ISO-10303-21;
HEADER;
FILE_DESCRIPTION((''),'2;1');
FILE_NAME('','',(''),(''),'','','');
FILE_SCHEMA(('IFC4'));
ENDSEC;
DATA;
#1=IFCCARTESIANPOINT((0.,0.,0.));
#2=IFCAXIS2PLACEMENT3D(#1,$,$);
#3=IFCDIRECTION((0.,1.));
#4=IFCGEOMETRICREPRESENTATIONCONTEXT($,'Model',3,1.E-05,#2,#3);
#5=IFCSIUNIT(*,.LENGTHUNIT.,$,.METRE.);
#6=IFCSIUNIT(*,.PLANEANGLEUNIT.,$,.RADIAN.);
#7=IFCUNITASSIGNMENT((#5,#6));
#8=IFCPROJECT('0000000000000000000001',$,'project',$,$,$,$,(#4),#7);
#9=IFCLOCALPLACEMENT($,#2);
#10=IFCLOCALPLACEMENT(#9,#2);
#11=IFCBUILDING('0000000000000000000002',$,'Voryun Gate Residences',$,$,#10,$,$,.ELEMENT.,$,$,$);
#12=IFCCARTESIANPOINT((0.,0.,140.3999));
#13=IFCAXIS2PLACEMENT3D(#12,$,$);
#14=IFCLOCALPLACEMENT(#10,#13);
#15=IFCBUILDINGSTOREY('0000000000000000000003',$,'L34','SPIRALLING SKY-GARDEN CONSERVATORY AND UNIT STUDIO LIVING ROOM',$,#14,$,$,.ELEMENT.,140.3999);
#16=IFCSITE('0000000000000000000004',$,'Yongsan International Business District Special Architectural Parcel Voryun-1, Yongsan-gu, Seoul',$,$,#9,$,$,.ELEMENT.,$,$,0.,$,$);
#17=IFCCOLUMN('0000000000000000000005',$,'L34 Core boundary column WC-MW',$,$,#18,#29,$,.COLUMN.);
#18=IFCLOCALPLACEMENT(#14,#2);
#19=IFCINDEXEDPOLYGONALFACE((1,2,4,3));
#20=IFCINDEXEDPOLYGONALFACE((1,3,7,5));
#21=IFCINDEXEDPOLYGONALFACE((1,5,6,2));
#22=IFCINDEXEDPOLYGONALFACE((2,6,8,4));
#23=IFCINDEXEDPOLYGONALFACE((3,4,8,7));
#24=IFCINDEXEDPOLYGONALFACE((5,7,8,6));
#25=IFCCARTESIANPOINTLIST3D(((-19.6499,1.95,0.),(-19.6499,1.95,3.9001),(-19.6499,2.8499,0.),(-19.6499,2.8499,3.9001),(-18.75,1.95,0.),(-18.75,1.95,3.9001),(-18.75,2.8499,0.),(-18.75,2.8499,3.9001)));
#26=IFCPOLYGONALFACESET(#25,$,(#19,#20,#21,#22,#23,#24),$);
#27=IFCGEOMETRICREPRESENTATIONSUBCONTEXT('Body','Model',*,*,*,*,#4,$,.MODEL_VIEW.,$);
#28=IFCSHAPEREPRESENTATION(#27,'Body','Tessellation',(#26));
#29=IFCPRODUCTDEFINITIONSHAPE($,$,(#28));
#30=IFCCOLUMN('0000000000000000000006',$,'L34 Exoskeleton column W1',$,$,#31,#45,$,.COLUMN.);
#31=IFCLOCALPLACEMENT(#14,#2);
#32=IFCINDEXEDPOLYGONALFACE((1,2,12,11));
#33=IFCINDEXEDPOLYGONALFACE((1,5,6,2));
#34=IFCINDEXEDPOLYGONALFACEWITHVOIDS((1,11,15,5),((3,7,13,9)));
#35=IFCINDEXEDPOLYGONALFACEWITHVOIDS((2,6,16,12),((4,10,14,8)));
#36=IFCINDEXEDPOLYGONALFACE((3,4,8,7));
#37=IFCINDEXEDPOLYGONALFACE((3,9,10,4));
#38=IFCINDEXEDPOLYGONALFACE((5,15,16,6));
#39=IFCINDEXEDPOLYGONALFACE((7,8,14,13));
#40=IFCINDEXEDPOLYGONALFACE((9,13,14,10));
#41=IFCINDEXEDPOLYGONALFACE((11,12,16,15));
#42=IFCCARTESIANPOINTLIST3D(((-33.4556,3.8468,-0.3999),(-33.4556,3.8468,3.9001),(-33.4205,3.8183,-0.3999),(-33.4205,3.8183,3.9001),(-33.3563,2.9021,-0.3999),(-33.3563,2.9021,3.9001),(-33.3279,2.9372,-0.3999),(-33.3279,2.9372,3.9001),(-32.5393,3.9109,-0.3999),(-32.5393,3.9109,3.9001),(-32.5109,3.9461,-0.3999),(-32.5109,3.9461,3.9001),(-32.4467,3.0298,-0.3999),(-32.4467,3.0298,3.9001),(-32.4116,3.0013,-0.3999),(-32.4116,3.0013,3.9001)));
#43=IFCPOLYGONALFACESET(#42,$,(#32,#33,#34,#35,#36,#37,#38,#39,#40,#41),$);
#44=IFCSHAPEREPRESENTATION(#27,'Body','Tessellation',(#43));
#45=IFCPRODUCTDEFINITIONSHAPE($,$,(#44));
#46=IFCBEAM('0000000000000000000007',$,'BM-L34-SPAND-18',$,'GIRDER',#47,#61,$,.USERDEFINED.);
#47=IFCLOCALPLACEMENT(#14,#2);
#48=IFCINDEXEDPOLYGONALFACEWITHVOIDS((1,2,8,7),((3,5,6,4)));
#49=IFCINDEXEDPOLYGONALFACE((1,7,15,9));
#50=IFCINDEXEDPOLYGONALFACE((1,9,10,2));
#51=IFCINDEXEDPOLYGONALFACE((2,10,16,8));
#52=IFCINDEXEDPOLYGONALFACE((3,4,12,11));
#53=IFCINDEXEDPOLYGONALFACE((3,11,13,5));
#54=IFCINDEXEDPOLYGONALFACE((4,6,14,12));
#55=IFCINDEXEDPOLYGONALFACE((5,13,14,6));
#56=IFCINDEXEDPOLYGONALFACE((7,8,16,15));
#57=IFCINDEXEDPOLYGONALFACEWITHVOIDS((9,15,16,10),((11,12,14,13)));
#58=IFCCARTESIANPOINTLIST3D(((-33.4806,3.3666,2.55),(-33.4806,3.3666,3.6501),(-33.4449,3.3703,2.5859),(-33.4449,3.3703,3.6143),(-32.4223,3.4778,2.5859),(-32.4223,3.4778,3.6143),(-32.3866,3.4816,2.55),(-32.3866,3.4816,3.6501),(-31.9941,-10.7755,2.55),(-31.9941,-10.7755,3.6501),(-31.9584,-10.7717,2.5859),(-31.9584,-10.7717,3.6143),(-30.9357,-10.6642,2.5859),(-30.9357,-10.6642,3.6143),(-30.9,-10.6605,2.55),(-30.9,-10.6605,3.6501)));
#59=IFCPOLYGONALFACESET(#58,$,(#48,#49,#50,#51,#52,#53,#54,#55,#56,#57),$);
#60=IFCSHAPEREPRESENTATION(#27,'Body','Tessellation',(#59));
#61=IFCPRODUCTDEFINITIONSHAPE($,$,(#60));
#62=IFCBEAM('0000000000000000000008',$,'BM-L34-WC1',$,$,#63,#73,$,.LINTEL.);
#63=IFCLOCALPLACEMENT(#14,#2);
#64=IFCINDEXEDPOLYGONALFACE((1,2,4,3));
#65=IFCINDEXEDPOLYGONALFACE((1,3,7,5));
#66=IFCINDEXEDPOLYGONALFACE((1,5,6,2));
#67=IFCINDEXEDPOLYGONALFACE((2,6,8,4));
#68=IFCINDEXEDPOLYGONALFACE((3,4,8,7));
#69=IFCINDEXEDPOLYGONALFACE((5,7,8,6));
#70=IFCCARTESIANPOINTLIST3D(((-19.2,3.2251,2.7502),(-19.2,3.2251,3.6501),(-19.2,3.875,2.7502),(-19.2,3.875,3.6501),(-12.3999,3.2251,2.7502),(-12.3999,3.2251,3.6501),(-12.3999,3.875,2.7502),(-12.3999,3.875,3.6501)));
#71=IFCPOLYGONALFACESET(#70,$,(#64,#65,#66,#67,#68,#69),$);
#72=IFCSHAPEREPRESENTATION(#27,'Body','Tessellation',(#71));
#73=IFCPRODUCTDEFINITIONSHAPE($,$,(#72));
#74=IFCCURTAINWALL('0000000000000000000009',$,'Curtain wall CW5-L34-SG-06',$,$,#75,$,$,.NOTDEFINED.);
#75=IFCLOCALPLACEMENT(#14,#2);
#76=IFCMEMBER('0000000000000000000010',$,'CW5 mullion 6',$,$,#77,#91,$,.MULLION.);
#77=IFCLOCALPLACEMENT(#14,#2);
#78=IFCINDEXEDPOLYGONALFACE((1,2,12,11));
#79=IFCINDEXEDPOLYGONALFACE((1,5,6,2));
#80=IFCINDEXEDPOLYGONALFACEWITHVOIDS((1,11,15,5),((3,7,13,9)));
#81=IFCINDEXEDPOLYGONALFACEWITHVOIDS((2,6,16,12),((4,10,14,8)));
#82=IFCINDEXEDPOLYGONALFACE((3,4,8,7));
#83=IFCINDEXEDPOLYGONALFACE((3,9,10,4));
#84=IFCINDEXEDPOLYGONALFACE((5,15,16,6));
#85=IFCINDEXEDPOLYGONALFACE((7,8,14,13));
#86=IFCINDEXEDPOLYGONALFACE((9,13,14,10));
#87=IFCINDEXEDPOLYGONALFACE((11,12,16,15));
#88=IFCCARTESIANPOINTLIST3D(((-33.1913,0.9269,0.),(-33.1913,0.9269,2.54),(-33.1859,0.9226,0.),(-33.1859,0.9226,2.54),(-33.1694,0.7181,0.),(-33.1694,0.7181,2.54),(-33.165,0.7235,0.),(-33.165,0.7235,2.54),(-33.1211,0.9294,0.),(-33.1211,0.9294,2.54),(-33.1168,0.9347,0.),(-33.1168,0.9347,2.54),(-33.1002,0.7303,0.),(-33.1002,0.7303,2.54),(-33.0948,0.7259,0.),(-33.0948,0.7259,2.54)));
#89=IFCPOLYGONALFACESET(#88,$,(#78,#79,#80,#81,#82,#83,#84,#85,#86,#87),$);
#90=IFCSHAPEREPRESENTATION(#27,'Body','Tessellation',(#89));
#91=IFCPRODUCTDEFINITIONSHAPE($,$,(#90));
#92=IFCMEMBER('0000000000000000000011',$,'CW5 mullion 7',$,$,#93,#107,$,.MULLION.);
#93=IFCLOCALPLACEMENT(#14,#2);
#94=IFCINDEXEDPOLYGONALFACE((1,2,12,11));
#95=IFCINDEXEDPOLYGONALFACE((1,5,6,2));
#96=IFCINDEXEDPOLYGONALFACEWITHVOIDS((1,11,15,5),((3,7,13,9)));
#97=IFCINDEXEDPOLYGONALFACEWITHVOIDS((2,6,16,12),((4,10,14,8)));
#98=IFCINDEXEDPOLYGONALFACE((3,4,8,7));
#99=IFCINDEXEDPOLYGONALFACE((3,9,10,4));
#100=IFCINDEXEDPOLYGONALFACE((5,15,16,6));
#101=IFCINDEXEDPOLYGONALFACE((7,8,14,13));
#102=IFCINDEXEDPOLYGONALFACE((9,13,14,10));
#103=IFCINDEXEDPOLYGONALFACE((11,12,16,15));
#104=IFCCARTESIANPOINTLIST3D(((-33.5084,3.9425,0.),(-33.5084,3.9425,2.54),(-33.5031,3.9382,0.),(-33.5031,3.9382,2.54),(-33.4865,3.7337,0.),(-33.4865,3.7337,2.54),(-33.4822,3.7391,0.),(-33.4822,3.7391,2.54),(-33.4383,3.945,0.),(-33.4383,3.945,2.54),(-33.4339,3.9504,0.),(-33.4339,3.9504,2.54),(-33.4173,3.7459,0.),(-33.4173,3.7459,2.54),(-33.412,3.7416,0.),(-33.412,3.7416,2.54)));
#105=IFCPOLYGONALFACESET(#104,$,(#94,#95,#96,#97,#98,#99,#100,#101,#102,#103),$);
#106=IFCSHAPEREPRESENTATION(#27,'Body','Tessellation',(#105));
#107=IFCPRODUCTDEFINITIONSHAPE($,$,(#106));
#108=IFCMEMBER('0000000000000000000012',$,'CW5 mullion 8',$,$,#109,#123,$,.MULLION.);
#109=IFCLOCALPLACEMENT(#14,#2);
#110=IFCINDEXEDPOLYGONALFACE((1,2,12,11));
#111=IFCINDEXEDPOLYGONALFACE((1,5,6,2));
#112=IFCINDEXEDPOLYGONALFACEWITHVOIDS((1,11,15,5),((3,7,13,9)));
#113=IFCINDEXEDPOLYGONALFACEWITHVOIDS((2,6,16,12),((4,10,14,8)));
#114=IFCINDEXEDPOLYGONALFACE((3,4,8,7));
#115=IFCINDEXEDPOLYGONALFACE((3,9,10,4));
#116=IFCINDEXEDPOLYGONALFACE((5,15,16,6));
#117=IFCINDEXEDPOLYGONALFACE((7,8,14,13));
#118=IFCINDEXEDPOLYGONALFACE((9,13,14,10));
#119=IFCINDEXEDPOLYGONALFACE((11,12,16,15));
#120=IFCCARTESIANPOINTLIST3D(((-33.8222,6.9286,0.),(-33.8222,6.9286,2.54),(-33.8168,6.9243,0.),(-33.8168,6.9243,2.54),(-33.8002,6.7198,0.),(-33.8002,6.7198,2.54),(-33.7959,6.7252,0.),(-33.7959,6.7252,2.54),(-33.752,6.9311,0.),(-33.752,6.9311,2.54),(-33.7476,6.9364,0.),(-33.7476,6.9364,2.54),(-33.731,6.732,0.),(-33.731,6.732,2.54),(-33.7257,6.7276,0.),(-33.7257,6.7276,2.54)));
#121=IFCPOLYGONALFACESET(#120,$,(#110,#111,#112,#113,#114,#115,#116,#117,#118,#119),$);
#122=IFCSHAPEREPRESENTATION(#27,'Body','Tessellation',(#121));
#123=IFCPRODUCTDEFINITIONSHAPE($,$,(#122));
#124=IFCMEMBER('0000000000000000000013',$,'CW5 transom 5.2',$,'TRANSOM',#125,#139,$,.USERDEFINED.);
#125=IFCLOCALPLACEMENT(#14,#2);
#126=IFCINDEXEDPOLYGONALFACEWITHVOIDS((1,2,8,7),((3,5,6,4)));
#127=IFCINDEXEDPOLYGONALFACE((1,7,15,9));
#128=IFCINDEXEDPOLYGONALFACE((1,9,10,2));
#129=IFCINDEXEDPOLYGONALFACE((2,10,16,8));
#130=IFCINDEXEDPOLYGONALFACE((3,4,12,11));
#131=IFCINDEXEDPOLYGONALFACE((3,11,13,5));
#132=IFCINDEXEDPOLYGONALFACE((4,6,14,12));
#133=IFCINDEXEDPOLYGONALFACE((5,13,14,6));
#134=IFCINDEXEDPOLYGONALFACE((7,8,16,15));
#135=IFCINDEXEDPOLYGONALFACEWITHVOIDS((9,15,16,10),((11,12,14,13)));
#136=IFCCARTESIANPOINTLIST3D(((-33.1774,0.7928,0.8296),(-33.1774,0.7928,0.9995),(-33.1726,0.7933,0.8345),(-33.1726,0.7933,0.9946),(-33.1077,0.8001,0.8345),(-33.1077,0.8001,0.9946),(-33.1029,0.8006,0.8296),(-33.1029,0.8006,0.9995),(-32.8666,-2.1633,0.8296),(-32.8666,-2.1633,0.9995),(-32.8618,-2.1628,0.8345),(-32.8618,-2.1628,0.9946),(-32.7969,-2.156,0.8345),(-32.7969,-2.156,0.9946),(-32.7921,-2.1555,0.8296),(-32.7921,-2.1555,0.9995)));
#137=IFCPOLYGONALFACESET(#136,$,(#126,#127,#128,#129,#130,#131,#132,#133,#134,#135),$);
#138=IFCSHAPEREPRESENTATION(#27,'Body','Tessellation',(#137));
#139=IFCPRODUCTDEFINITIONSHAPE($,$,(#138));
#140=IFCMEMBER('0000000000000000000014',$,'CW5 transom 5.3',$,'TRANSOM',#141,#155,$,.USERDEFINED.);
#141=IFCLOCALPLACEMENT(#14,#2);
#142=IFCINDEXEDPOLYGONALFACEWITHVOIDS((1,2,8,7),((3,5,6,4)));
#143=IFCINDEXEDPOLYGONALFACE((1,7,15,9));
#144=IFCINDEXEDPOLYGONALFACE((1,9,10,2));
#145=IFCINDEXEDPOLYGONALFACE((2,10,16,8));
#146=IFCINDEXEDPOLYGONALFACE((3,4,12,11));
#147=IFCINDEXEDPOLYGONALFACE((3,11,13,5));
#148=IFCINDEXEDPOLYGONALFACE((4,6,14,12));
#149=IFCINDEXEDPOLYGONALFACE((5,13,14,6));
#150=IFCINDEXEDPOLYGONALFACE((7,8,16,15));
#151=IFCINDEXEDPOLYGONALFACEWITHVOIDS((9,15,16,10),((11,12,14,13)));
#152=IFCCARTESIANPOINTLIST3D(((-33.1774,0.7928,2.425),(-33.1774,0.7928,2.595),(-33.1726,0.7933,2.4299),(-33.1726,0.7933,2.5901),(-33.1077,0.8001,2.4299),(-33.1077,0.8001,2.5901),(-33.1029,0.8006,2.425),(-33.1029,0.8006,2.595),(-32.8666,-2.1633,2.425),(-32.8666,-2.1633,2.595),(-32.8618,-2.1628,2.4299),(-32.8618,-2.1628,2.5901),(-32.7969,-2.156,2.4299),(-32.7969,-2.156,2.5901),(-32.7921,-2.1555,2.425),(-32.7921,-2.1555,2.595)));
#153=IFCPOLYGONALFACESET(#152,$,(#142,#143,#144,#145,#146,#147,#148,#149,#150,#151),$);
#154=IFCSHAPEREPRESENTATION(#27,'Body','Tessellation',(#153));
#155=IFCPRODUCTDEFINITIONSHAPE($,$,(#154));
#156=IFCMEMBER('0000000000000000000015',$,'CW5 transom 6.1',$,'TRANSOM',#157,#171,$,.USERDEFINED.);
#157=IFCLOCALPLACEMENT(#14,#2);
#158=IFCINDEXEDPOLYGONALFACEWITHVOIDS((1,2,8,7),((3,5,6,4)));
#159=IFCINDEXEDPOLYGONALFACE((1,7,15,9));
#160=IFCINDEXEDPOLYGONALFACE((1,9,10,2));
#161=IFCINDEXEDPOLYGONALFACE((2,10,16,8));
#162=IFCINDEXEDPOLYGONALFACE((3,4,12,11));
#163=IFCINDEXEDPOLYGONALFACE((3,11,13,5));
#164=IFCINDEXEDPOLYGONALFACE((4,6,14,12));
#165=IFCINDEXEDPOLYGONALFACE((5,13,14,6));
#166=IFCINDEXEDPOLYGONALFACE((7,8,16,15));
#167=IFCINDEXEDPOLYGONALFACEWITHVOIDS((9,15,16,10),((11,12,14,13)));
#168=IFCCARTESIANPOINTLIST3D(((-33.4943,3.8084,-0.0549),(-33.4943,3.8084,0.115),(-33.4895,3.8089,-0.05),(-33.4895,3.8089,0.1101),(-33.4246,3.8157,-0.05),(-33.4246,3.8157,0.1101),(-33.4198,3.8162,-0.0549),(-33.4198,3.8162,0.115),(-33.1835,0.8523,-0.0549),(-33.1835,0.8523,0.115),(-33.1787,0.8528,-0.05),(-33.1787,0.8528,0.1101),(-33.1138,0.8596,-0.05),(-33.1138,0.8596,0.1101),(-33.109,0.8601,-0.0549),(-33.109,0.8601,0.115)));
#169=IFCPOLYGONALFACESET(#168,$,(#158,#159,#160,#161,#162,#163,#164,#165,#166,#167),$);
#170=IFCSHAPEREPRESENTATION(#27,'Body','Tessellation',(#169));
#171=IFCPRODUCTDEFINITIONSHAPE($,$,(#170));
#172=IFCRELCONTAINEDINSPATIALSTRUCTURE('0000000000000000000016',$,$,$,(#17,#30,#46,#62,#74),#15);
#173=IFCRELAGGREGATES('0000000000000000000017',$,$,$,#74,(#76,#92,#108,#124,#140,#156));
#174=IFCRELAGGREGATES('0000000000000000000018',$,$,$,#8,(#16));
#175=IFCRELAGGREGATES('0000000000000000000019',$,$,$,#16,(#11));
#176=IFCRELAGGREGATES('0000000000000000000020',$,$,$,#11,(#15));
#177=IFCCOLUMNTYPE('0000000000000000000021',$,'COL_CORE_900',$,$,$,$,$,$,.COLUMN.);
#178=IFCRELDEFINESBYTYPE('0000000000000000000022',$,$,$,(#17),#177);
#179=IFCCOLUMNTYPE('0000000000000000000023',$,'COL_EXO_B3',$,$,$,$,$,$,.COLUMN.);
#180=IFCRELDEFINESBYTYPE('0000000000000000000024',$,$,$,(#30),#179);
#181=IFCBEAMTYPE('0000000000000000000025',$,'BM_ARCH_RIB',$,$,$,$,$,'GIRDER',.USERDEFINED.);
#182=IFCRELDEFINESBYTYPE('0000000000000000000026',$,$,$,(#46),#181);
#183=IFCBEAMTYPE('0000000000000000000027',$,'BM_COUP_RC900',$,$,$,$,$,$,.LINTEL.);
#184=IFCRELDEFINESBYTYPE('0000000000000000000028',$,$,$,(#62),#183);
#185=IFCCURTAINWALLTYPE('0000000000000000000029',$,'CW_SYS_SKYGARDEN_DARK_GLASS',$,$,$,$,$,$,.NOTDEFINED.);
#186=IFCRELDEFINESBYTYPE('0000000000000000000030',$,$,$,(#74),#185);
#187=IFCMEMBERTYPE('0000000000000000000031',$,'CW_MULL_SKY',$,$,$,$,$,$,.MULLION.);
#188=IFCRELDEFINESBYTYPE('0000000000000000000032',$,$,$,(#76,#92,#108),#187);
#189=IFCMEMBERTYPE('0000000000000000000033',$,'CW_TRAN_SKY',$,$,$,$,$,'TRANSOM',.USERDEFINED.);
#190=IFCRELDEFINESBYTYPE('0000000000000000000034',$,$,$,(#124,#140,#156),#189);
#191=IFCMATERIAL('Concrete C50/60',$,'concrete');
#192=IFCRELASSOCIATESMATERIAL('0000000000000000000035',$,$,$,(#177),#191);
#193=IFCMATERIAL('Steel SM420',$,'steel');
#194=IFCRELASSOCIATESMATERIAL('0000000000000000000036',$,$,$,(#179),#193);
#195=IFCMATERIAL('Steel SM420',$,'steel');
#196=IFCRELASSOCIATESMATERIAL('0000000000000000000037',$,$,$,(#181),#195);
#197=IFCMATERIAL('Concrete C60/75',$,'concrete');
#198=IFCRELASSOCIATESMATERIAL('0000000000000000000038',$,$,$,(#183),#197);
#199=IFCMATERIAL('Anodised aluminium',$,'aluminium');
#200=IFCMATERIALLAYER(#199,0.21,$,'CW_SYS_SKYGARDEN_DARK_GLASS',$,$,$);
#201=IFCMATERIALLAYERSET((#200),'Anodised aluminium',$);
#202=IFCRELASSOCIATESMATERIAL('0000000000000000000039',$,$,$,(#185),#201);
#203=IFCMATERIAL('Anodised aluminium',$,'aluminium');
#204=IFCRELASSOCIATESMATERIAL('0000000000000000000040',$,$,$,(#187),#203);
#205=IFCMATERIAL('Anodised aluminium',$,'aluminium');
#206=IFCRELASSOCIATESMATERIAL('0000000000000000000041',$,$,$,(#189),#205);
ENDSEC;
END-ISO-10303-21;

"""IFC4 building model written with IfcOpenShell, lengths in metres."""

from ifc_helpers import new_model, si_unit, direction, frame, origin, origin_2d, place, context, subcontext, project, spatial, rectangle, hollow_rectangle, extrude, material, layer, layer_set, material_profile, profile_set, type_object, element, aggregate, save


model = new_model("IFC4")

# Units and contexts
model_context = context("Model", 3, precision=1e-05, world=origin(), true_north=direction((0.0, 1.0)))
body_context = subcontext(model_context, "Body", "Model", "MODEL_VIEW")
ifc_project = project(units=[si_unit("LENGTHUNIT", "METRE"), si_unit("PLANEANGLEUNIT", "RADIAN")], contexts=[model_context])

# Site, building, storey
site_placement = place(None, origin())
site = spatial("IfcSite", under=ifc_project, at=site_placement, Name="Yongsan International Business District Special Architectural Parcel Voryun-1, Yongsan-gu, Seoul", CompositionType="ELEMENT", RefElevation=0.0)
building_placement = place(site_placement, origin())
building = spatial("IfcBuilding", under=site, at=building_placement, Name="Voryun Gate Residences", CompositionType="ELEMENT")
storey_placement = place(building_placement, frame((0.0, 0.0, 140.3999)))
storey = spatial("IfcBuildingStorey", under=building, at=storey_placement, Name="L34", Description="SPIRALLING SKY-GARDEN CONSERVATORY AND UNIT STUDIO LIVING ROOM", CompositionType="ELEMENT", Elevation=140.3999)

# Columns
ifc_material_1 = material(Name="Concrete C50/60", Category="concrete")
ifc_material_profile_1 = material_profile(ifc_material_1, rectangle(XDim=0.8999, YDim=0.8999, at=origin_2d()), Name="RC-900x900")
ifc_profile_set_1 = profile_set([ifc_material_profile_1], Name="Concrete C50/60")
column_type_1 = type_object("IfcColumnType", Name="COL_CORE_900", PredefinedType="COLUMN", material=ifc_profile_set_1)
column_1_placement = place(storey_placement, frame((-19.2, 2.3999, 0.0), z_axis=(0.0, 0.0, 1.0), x_axis=(1.0, 0.0, 0.0)))
element("IfcColumn", 1, at=column_1_placement, inside=storey, type_object=column_type_1, Name="L34 Core boundary column WC-MW", PredefinedType="COLUMN", context=body_context, shape_type="SweptSolid", body=[
    extrude(rectangle(XDim=0.8999, YDim=0.8999, at=origin_2d()), origin(), (0.0, 0.0, 1.0), 3.9001),
])
ifc_material_2 = material(Name="Steel SM420", Category="steel")
ifc_material_profile_2 = material_profile(ifc_material_2, hollow_rectangle(XDim=0.95, YDim=0.95, WallThickness=0.032, at=origin_2d()), Name="BOX-950x950x32")
ifc_profile_set_2 = profile_set([ifc_material_profile_2], Name="Steel SM420")
column_type_2 = type_object("IfcColumnType", Name="COL_EXO_B3", PredefinedType="COLUMN", material=ifc_profile_set_2)
column_2_placement = place(storey_placement, frame((-32.9336, 3.4241, -0.3999), z_axis=(0.0, 0.0, 1.0), x_axis=(0.994522, 0.104528, 0.0)))
element("IfcColumn", 2, at=column_2_placement, inside=storey, type_object=column_type_2, Name="L34 Exoskeleton column W1", PredefinedType="COLUMN", context=body_context, shape_type="SweptSolid", body=[
    extrude(hollow_rectangle(XDim=0.95, YDim=0.95, WallThickness=0.032, at=origin_2d()), origin(), (0.0, 0.0, 1.0), 4.3),
])

# Beams
ifc_material_3 = material(Name="Steel SM420", Category="steel")
ifc_material_profile_3 = material_profile(ifc_material_3, hollow_rectangle(XDim=1.1001, YDim=1.1001, WallThickness=0.0359, at=origin_2d()), Name="BOX-1100x1100x36")
ifc_profile_set_3 = profile_set([ifc_material_profile_3], Name="Steel SM420")
beam_type_1 = type_object("IfcBeamType", Name="BM_ARCH_RIB", ElementType="GIRDER", PredefinedType="USERDEFINED", material=ifc_profile_set_3)
beam_1_placement = place(storey_placement, frame((-32.9336, 3.4241, 3.1001), z_axis=(0.104541, -0.994521, 0.0), x_axis=(0.994521, 0.104541, 0.0)))
element("IfcBeam", 3, at=beam_1_placement, inside=storey, type_object=beam_type_1, Name="BM-L34-SPAND-18", ObjectType="GIRDER", PredefinedType="USERDEFINED", context=body_context, shape_type="SweptSolid", body=[
    extrude(hollow_rectangle(XDim=1.1001, YDim=1.1001, WallThickness=0.0359, at=origin_2d()), origin(), (0.0, 0.0, 1.0), 14.22),
])
ifc_material_4 = material(Name="Concrete C60/75", Category="concrete")
ifc_material_profile_4 = material_profile(ifc_material_4, rectangle(XDim=0.6499, YDim=0.8999, at=origin_2d()), Name="RC-650x900")
ifc_profile_set_4 = profile_set([ifc_material_profile_4], Name="Concrete C60/75")
beam_type_2 = type_object("IfcBeamType", Name="BM_COUP_RC900", PredefinedType="LINTEL", material=ifc_profile_set_4)
beam_2_placement = place(storey_placement, frame((-19.2, 3.55, 3.2002), z_axis=(1.0, 0.0, 0.0), x_axis=(0.0, 1.0, 0.0)))
element("IfcBeam", 4, at=beam_2_placement, inside=storey, type_object=beam_type_2, Name="BM-L34-WC1", PredefinedType="LINTEL", context=body_context, shape_type="SweptSolid", body=[
    extrude(rectangle(XDim=0.6499, YDim=0.8999, at=origin_2d()), origin(), (0.0, 0.0, 1.0), 6.8),
])

# Curtain wall, members
ifc_material_5 = material(Name="Anodised aluminium", Category="aluminium")
ifc_layer_1 = layer(ifc_material_5, 0.21, Name="CW_SYS_SKYGARDEN_DARK_GLASS")
ifc_layer_set_1 = layer_set([ifc_layer_1], Name="Anodised aluminium")
curtain_wall_type = type_object("IfcCurtainWallType", Name="CW_SYS_SKYGARDEN_DARK_GLASS", PredefinedType="NOTDEFINED", material=ifc_layer_set_1)
curtain_wall_placement = place(storey_placement, origin())
curtain_wall = element("IfcCurtainWall", 5, at=curtain_wall_placement, inside=storey, type_object=curtain_wall_type, Name="Curtain wall CW5-L34-SG-06", PredefinedType="NOTDEFINED")
ifc_material_6 = material(Name="Anodised aluminium", Category="aluminium")
ifc_material_profile_5 = material_profile(ifc_material_6, hollow_rectangle(XDim=0.075, YDim=0.21, WallThickness=0.0049, at=origin_2d()), Name="ALU-MULL-210x75x5")
ifc_profile_set_5 = profile_set([ifc_material_profile_5], Name="Anodised aluminium")
member_type_1 = type_object("IfcMemberType", Name="CW_MULL_SKY", PredefinedType="MULLION", material=ifc_profile_set_5)
member_1_placement = place(storey_placement, frame((-33.1431, 0.8264, 0.0), z_axis=(0.0, 0.0, 1.0), x_axis=(-0.994522, -0.10453, 0.0)))
member_1 = element("IfcMember", 6, at=member_1_placement, type_object=member_type_1, Name="CW5 mullion 6", PredefinedType="MULLION", context=body_context, shape_type="SweptSolid", body=[
    extrude(hollow_rectangle(XDim=0.075, YDim=0.21, WallThickness=0.0049, at=origin_2d()), origin(), (0.0, 0.0, 1.0), 2.54),
])
member_2_placement = place(storey_placement, frame((-33.4602, 3.842, 0.0), z_axis=(0.0, 0.0, 1.0), x_axis=(-0.994522, -0.10453, 0.0)))
member_2 = element("IfcMember", 7, at=member_2_placement, type_object=member_type_1, Name="CW5 mullion 7", PredefinedType="MULLION", context=body_context, shape_type="SweptSolid", body=[
    extrude(hollow_rectangle(XDim=0.075, YDim=0.21, WallThickness=0.0049, at=origin_2d()), origin(), (0.0, 0.0, 1.0), 2.54),
])
member_3_placement = place(storey_placement, frame((-33.7739, 6.8281, 0.0), z_axis=(0.0, 0.0, 1.0), x_axis=(-0.994522, -0.10453, 0.0)))
member_3 = element("IfcMember", 8, at=member_3_placement, type_object=member_type_1, Name="CW5 mullion 8", PredefinedType="MULLION", context=body_context, shape_type="SweptSolid", body=[
    extrude(hollow_rectangle(XDim=0.075, YDim=0.21, WallThickness=0.0049, at=origin_2d()), origin(), (0.0, 0.0, 1.0), 2.54),
])
ifc_material_7 = material(Name="Anodised aluminium", Category="aluminium")
ifc_material_profile_6 = material_profile(ifc_material_7, hollow_rectangle(XDim=0.075, YDim=0.1699, WallThickness=0.0049, at=origin_2d()), Name="ALU-TRAN-170x75x5")
ifc_profile_set_6 = profile_set([ifc_material_profile_6], Name="Anodised aluminium")
member_type_2 = type_object("IfcMemberType", Name="CW_TRAN_SKY", ElementType="TRANSOM", PredefinedType="USERDEFINED", material=ifc_profile_set_6)
member_4_placement = place(storey_placement, frame((-32.8293, -2.1594, 0.9146), z_axis=(-0.104561, 0.994518, 0.0), x_axis=(-0.994518, -0.104561, 0.0)))
member_4 = element("IfcMember", 9, at=member_4_placement, type_object=member_type_2, Name="CW5 transom 5.2", ObjectType="TRANSOM", PredefinedType="USERDEFINED", context=body_context, shape_type="SweptSolid", body=[
    extrude(hollow_rectangle(XDim=0.075, YDim=0.1699, WallThickness=0.0049, at=origin_2d()), origin(), (0.0, 0.0, 1.0), 2.9724),
])
member_5_placement = place(storey_placement, frame((-32.8293, -2.1594, 2.51), z_axis=(-0.104561, 0.994518, 0.0), x_axis=(-0.994518, -0.104561, 0.0)))
member_5 = element("IfcMember", 10, at=member_5_placement, type_object=member_type_2, Name="CW5 transom 5.3", ObjectType="TRANSOM", PredefinedType="USERDEFINED", context=body_context, shape_type="SweptSolid", body=[
    extrude(hollow_rectangle(XDim=0.075, YDim=0.1699, WallThickness=0.0049, at=origin_2d()), origin(), (0.0, 0.0, 1.0), 2.9724),
])
member_6_placement = place(storey_placement, frame((-33.1462, 0.8562, 0.03), z_axis=(-0.104561, 0.994518, 0.0), x_axis=(-0.994518, -0.104561, 0.0)))
member_6 = element("IfcMember", 11, at=member_6_placement, type_object=member_type_2, Name="CW5 transom 6.1", ObjectType="TRANSOM", PredefinedType="USERDEFINED", context=body_context, shape_type="SweptSolid", body=[
    extrude(hollow_rectangle(XDim=0.075, YDim=0.1699, WallThickness=0.0049, at=origin_2d()), origin(), (0.0, 0.0, 1.0), 2.9724),
])

aggregate(curtain_wall, [member_1, member_2, member_3, member_4, member_5, member_6])

save(model, "model.ifc")
